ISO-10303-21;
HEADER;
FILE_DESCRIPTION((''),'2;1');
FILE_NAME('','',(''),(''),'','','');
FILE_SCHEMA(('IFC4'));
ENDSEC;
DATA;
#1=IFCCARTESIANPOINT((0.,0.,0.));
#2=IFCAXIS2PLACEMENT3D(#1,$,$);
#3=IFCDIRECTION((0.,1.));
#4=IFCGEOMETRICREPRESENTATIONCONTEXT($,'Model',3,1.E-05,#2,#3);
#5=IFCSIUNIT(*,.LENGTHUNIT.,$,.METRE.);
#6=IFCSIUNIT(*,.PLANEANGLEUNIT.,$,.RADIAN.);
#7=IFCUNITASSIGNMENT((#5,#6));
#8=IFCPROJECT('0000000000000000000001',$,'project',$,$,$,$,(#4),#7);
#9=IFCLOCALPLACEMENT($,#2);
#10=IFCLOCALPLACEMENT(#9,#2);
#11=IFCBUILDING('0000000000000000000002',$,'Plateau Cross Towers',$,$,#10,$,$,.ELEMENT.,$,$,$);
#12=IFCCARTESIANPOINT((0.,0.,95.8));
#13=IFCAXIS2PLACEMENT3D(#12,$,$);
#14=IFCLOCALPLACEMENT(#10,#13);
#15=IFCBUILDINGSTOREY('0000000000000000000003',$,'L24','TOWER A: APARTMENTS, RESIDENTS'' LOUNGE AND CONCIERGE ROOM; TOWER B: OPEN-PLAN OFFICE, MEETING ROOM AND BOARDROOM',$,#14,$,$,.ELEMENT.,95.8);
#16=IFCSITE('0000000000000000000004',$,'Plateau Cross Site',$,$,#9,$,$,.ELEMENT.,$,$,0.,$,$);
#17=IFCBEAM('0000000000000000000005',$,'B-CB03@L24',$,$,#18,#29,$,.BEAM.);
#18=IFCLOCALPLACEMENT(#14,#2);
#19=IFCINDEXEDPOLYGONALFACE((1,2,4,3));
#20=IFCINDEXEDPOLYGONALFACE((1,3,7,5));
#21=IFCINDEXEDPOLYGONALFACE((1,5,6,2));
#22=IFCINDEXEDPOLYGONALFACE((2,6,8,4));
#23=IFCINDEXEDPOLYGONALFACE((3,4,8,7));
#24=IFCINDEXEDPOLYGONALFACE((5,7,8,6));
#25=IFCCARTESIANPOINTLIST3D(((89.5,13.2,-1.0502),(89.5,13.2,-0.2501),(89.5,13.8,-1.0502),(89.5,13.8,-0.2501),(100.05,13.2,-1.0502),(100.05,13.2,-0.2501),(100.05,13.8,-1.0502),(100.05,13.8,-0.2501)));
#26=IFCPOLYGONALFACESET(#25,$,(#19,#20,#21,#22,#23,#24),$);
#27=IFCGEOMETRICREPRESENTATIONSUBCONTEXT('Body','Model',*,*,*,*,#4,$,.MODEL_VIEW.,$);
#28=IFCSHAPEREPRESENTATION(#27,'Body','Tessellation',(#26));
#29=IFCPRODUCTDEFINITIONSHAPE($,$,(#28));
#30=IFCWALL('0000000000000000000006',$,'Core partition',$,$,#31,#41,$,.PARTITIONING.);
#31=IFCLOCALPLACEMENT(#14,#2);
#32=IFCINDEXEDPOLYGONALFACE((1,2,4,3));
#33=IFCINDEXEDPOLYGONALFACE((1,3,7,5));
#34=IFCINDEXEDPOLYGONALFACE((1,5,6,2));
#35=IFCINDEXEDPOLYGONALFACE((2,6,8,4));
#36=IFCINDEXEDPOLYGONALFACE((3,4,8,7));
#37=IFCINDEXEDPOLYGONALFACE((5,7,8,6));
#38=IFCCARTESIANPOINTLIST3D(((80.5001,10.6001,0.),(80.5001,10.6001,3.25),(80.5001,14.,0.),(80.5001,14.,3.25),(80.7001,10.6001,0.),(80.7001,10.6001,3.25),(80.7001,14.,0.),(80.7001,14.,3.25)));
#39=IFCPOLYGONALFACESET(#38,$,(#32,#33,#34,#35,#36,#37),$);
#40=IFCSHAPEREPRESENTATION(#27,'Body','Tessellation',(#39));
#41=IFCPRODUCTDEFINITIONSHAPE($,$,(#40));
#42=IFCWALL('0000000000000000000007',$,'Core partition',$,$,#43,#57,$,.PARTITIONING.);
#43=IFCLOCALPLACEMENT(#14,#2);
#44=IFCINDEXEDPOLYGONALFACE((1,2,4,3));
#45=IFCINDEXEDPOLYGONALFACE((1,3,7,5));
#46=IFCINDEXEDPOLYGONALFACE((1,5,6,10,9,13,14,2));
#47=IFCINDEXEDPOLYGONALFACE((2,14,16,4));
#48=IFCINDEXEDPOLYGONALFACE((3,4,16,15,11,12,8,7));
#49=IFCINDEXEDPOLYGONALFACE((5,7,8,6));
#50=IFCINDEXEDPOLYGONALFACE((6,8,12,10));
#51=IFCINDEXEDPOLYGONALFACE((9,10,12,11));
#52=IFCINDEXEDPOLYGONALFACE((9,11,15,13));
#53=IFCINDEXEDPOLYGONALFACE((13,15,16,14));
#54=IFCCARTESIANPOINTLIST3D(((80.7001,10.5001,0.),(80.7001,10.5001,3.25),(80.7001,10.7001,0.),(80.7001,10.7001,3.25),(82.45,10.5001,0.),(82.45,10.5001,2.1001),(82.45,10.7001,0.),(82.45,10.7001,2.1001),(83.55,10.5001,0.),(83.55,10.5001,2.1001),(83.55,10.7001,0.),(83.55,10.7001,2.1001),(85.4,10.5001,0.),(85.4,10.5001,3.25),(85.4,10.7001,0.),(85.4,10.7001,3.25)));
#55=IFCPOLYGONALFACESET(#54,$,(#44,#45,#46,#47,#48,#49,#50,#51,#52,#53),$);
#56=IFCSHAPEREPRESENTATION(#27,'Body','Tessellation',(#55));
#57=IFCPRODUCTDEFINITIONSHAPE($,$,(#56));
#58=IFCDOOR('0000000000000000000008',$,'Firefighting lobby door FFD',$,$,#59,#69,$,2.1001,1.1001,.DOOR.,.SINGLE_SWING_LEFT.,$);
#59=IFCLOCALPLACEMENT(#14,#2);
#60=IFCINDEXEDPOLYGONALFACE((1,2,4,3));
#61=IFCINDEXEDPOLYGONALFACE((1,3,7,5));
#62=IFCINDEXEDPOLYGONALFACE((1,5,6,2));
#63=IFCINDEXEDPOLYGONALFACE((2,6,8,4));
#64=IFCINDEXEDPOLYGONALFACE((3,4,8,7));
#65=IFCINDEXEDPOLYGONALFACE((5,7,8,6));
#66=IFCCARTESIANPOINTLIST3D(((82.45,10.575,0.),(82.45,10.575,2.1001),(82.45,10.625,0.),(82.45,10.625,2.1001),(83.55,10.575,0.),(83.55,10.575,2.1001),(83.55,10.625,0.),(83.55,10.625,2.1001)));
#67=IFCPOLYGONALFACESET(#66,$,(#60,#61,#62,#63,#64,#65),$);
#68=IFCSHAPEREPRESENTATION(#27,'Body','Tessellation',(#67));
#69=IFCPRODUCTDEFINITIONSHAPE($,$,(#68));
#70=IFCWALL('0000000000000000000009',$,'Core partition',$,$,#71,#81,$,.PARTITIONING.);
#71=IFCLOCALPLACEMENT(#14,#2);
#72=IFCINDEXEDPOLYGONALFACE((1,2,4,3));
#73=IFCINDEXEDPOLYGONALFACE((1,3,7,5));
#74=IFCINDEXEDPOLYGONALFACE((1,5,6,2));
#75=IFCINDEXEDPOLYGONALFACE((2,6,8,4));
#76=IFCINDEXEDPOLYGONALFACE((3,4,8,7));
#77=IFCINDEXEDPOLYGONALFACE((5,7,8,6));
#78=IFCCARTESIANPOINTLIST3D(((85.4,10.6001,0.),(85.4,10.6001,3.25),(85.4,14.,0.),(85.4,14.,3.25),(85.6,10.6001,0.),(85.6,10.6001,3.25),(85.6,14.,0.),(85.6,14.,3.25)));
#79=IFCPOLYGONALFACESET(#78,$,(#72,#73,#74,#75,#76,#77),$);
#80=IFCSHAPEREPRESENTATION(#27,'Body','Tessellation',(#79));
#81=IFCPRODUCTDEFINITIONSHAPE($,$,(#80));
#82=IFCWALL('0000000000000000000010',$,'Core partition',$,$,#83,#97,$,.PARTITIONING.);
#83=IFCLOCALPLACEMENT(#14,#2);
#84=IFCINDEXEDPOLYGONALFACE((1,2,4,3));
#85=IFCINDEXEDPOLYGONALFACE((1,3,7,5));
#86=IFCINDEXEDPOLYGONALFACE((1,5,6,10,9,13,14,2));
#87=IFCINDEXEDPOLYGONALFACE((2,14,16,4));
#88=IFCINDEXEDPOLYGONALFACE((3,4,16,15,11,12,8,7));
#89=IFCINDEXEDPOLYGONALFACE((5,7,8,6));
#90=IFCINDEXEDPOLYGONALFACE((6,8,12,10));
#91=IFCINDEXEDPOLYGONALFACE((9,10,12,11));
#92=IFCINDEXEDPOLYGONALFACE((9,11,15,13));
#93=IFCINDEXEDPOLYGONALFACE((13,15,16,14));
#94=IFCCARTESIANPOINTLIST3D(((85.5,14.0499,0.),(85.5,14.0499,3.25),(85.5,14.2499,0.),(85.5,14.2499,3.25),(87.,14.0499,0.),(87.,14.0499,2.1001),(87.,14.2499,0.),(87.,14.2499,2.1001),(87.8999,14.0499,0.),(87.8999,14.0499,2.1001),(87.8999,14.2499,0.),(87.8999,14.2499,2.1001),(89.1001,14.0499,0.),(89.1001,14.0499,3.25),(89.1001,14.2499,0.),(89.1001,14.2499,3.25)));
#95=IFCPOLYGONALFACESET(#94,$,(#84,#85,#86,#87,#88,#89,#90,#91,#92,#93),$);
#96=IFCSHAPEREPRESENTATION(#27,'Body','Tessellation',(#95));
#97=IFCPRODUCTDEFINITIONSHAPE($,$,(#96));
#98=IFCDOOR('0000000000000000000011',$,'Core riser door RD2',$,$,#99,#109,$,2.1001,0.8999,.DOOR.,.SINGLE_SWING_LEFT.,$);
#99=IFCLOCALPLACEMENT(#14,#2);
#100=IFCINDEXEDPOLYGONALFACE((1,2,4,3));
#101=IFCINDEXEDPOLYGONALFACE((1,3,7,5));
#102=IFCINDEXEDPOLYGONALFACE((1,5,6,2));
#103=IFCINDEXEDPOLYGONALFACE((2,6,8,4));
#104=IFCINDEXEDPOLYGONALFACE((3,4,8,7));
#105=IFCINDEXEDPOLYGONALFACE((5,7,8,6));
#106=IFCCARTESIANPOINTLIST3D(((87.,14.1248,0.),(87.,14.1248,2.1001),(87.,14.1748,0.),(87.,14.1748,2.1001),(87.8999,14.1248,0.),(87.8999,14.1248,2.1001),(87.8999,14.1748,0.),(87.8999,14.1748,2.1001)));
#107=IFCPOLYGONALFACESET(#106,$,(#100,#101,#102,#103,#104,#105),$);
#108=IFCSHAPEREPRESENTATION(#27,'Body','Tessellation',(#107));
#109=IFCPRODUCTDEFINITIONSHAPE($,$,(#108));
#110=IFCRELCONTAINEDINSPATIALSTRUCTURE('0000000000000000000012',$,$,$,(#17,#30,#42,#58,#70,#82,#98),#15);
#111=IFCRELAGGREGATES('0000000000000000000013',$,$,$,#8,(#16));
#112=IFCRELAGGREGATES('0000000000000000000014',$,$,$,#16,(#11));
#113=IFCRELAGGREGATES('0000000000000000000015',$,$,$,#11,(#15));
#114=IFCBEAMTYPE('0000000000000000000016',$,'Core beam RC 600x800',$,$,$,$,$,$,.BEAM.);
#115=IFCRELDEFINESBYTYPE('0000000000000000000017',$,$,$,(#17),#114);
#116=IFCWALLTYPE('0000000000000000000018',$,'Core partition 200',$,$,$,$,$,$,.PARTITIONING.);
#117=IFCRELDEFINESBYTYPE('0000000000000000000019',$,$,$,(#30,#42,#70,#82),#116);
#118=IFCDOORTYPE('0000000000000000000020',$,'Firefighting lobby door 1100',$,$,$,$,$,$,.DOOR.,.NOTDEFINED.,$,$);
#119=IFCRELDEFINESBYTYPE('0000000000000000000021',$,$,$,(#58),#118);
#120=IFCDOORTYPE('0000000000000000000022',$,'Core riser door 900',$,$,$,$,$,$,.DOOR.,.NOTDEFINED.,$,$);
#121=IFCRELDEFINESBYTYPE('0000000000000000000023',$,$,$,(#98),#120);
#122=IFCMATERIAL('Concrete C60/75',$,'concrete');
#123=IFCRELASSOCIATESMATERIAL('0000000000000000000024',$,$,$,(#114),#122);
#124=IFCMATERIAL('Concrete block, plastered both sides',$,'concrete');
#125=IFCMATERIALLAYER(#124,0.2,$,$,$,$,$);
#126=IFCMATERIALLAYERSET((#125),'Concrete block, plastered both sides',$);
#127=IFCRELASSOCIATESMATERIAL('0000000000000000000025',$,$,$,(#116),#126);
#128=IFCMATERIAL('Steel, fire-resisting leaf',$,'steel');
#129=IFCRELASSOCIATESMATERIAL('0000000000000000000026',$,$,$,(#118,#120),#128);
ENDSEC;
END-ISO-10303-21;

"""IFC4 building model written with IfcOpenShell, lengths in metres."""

from ifc_helpers import new_model, si_unit, direction, frame, frame_2d, origin, origin_2d, place, context, subcontext, project, spatial, rectangle, extrude, material, layer, layer_set, material_profile, profile_set, type_object, element, fill, save


model = new_model("IFC4")

# Units and contexts
model_context = context("Model", 3, precision=1e-05, world=origin(), true_north=direction((0.0, 1.0)))
body_context = subcontext(model_context, "Body", "Model", "MODEL_VIEW")
ifc_project = project(units=[si_unit("LENGTHUNIT", "METRE"), si_unit("PLANEANGLEUNIT", "RADIAN")], contexts=[model_context])

# Site, building, storey
site_placement = place(None, origin())
site = spatial("IfcSite", under=ifc_project, at=site_placement, Name="Plateau Cross Site", CompositionType="ELEMENT", RefElevation=0.0)
building_placement = place(site_placement, origin())
building = spatial("IfcBuilding", under=site, at=building_placement, Name="Plateau Cross Towers", CompositionType="ELEMENT")
storey_placement = place(building_placement, frame((0.0, 0.0, 95.8)))
storey = spatial("IfcBuildingStorey", under=building, at=storey_placement, Name="L24", Description="TOWER A: APARTMENTS, RESIDENTS' LOUNGE AND CONCIERGE ROOM; TOWER B: OPEN-PLAN OFFICE, MEETING ROOM AND BOARDROOM", CompositionType="ELEMENT", Elevation=95.8)

# Beam
ifc_material_1 = material(Name="Concrete C60/75", Category="concrete")
ifc_material_profile = material_profile(ifc_material_1, rectangle(XDim=0.6001, YDim=0.8, at=origin_2d()), Name="RC 600x800")
ifc_profile_set = profile_set([ifc_material_profile], Name="Concrete C60/75")
beam_type = type_object("IfcBeamType", Name="Core beam RC 600x800", PredefinedType="BEAM", material=ifc_profile_set)
beam_placement = place(storey_placement, frame((89.5, 13.5, -0.6501), z_axis=(1.0, 0.0, 0.0), x_axis=(0.0, 1.0, 0.0)))
element("IfcBeam", 1, at=beam_placement, inside=storey, type_object=beam_type, Name="B-CB03@L24", PredefinedType="BEAM", context=body_context, shape_type="SweptSolid", body=[
    extrude(rectangle(XDim=0.6001, YDim=0.8, at=origin_2d()), origin(), (0.0, 0.0, 1.0), 10.55),
])

# Wall
ifc_material_2 = material(Name="Concrete block, plastered both sides", Category="concrete")
ifc_layer_1 = layer(ifc_material_2, 0.2)
ifc_layer_set_1 = layer_set([ifc_layer_1], Name="Concrete block, plastered both sides")
wall_type_1 = type_object("IfcWallType", Name="Core partition 200", PredefinedType="PARTITIONING", material=ifc_layer_set_1)
wall_1_placement = place(storey_placement, frame((80.6001, 10.6001, 0.0), z_axis=(0.0, 0.0, 1.0), x_axis=(0.0, 1.0, 0.0)))
element("IfcWall", 2, at=wall_1_placement, inside=storey, type_object=wall_type_1, Name="Core partition", PredefinedType="PARTITIONING", context=body_context, shape_type="SweptSolid", body=[
    extrude(rectangle(XDim=3.3999, YDim=0.2, at=frame_2d((1.7, 0.0))), origin(), (0.0, 0.0, 1.0), 3.25),
])

# Wall, opening, door
wall_2_placement = place(storey_placement, frame((80.7, 10.6001, 0.0), z_axis=(0.0, 0.0, 1.0), x_axis=(1.0, 0.0, 0.0)))
wall_2 = element("IfcWall", 3, at=wall_2_placement, inside=storey, type_object=wall_type_1, Name="Core partition", PredefinedType="PARTITIONING", context=body_context, shape_type="SweptSolid", body=[
    extrude(rectangle(XDim=4.7, YDim=0.2, at=frame_2d((2.3501, 0.0))), origin(), (0.0, 0.0, 1.0), 3.25),
])
opening_1_placement = place(wall_2_placement, frame((1.75, 0.0, 0.0)))
opening_1 = element("IfcOpeningElement", 4, at=opening_1_placement, cuts=wall_2, PredefinedType="OPENING", context=body_context, shape_type="SweptSolid", body=[
    extrude(rectangle(XDim=1.1001, YDim=2.1001, at=frame_2d((0.55, 1.05))), frame((0.0, 0.1099, 0.0), z_axis=(0.0, -1.0, 0.0), x_axis=(1.0, 0.0, 0.0)), (0.0, 0.0, 1.0), 0.22),
])
ifc_material_3 = material(Name="Steel, fire-resisting leaf", Category="steel")
door_type_1 = type_object("IfcDoorType", Name="Firefighting lobby door 1100", OperationType="NOTDEFINED", PredefinedType="DOOR", material=ifc_material_3)
door_1_placement = place(opening_1_placement, origin())
door_1 = element("IfcDoor", 5, at=door_1_placement, inside=storey, type_object=door_type_1, Name="Firefighting lobby door FFD", OperationType="SINGLE_SWING_LEFT", OverallHeight=2.1001, OverallWidth=1.1001, PredefinedType="DOOR", context=body_context, shape_type="SweptSolid", body=[
    extrude(rectangle(XDim=1.1001, YDim=2.1001, at=frame_2d((0.55, 1.05))), frame((0.0, 0.0249, 0.0), z_axis=(0.0, -1.0, 0.0), x_axis=(1.0, 0.0, 0.0)), (0.0, 0.0, 1.0), 0.05),
])
fill(opening_1, door_1)

# Wall
wall_3_placement = place(storey_placement, frame((85.5, 10.6001, 0.0), z_axis=(0.0, 0.0, 1.0), x_axis=(0.0, 1.0, 0.0)))
element("IfcWall", 6, at=wall_3_placement, inside=storey, type_object=wall_type_1, Name="Core partition", PredefinedType="PARTITIONING", context=body_context, shape_type="SweptSolid", body=[
    extrude(rectangle(XDim=3.3999, YDim=0.2, at=frame_2d((1.7, 0.0))), origin(), (0.0, 0.0, 1.0), 3.25),
])

# Wall, opening, door
wall_4_placement = place(storey_placement, frame((85.5, 14.1499, 0.0), z_axis=(0.0, 0.0, 1.0), x_axis=(1.0, 0.0, 0.0)))
wall_4 = element("IfcWall", 7, at=wall_4_placement, inside=storey, type_object=wall_type_1, Name="Core partition", PredefinedType="PARTITIONING", context=body_context, shape_type="SweptSolid", body=[
    extrude(rectangle(XDim=3.6001, YDim=0.2, at=frame_2d((1.8, 0.0))), origin(), (0.0, 0.0, 1.0), 3.25),
])
opening_2_placement = place(wall_4_placement, frame((1.5, 0.0, 0.0)))
opening_2 = element("IfcOpeningElement", 8, at=opening_2_placement, cuts=wall_4, PredefinedType="OPENING", context=body_context, shape_type="SweptSolid", body=[
    extrude(rectangle(XDim=0.8999, YDim=2.1001, at=frame_2d((0.45, 1.05))), frame((0.0, 0.1099, 0.0), z_axis=(0.0, -1.0, 0.0), x_axis=(1.0, 0.0, 0.0)), (0.0, 0.0, 1.0), 0.22),
])
door_type_2 = type_object("IfcDoorType", Name="Core riser door 900", OperationType="NOTDEFINED", PredefinedType="DOOR", material=ifc_material_3)
door_2_placement = place(opening_2_placement, origin())
door_2 = element("IfcDoor", 9, at=door_2_placement, inside=storey, type_object=door_type_2, Name="Core riser door RD2", OperationType="SINGLE_SWING_LEFT", OverallHeight=2.1001, OverallWidth=0.8999, PredefinedType="DOOR", context=body_context, shape_type="SweptSolid", body=[
    extrude(rectangle(XDim=0.8999, YDim=2.1001, at=frame_2d((0.45, 1.05))), frame((0.0, 0.0249, 0.0), z_axis=(0.0, -1.0, 0.0), x_axis=(1.0, 0.0, 0.0)), (0.0, 0.0, 1.0), 0.05),
])
fill(opening_2, door_2)

save(model, "model.ifc")
